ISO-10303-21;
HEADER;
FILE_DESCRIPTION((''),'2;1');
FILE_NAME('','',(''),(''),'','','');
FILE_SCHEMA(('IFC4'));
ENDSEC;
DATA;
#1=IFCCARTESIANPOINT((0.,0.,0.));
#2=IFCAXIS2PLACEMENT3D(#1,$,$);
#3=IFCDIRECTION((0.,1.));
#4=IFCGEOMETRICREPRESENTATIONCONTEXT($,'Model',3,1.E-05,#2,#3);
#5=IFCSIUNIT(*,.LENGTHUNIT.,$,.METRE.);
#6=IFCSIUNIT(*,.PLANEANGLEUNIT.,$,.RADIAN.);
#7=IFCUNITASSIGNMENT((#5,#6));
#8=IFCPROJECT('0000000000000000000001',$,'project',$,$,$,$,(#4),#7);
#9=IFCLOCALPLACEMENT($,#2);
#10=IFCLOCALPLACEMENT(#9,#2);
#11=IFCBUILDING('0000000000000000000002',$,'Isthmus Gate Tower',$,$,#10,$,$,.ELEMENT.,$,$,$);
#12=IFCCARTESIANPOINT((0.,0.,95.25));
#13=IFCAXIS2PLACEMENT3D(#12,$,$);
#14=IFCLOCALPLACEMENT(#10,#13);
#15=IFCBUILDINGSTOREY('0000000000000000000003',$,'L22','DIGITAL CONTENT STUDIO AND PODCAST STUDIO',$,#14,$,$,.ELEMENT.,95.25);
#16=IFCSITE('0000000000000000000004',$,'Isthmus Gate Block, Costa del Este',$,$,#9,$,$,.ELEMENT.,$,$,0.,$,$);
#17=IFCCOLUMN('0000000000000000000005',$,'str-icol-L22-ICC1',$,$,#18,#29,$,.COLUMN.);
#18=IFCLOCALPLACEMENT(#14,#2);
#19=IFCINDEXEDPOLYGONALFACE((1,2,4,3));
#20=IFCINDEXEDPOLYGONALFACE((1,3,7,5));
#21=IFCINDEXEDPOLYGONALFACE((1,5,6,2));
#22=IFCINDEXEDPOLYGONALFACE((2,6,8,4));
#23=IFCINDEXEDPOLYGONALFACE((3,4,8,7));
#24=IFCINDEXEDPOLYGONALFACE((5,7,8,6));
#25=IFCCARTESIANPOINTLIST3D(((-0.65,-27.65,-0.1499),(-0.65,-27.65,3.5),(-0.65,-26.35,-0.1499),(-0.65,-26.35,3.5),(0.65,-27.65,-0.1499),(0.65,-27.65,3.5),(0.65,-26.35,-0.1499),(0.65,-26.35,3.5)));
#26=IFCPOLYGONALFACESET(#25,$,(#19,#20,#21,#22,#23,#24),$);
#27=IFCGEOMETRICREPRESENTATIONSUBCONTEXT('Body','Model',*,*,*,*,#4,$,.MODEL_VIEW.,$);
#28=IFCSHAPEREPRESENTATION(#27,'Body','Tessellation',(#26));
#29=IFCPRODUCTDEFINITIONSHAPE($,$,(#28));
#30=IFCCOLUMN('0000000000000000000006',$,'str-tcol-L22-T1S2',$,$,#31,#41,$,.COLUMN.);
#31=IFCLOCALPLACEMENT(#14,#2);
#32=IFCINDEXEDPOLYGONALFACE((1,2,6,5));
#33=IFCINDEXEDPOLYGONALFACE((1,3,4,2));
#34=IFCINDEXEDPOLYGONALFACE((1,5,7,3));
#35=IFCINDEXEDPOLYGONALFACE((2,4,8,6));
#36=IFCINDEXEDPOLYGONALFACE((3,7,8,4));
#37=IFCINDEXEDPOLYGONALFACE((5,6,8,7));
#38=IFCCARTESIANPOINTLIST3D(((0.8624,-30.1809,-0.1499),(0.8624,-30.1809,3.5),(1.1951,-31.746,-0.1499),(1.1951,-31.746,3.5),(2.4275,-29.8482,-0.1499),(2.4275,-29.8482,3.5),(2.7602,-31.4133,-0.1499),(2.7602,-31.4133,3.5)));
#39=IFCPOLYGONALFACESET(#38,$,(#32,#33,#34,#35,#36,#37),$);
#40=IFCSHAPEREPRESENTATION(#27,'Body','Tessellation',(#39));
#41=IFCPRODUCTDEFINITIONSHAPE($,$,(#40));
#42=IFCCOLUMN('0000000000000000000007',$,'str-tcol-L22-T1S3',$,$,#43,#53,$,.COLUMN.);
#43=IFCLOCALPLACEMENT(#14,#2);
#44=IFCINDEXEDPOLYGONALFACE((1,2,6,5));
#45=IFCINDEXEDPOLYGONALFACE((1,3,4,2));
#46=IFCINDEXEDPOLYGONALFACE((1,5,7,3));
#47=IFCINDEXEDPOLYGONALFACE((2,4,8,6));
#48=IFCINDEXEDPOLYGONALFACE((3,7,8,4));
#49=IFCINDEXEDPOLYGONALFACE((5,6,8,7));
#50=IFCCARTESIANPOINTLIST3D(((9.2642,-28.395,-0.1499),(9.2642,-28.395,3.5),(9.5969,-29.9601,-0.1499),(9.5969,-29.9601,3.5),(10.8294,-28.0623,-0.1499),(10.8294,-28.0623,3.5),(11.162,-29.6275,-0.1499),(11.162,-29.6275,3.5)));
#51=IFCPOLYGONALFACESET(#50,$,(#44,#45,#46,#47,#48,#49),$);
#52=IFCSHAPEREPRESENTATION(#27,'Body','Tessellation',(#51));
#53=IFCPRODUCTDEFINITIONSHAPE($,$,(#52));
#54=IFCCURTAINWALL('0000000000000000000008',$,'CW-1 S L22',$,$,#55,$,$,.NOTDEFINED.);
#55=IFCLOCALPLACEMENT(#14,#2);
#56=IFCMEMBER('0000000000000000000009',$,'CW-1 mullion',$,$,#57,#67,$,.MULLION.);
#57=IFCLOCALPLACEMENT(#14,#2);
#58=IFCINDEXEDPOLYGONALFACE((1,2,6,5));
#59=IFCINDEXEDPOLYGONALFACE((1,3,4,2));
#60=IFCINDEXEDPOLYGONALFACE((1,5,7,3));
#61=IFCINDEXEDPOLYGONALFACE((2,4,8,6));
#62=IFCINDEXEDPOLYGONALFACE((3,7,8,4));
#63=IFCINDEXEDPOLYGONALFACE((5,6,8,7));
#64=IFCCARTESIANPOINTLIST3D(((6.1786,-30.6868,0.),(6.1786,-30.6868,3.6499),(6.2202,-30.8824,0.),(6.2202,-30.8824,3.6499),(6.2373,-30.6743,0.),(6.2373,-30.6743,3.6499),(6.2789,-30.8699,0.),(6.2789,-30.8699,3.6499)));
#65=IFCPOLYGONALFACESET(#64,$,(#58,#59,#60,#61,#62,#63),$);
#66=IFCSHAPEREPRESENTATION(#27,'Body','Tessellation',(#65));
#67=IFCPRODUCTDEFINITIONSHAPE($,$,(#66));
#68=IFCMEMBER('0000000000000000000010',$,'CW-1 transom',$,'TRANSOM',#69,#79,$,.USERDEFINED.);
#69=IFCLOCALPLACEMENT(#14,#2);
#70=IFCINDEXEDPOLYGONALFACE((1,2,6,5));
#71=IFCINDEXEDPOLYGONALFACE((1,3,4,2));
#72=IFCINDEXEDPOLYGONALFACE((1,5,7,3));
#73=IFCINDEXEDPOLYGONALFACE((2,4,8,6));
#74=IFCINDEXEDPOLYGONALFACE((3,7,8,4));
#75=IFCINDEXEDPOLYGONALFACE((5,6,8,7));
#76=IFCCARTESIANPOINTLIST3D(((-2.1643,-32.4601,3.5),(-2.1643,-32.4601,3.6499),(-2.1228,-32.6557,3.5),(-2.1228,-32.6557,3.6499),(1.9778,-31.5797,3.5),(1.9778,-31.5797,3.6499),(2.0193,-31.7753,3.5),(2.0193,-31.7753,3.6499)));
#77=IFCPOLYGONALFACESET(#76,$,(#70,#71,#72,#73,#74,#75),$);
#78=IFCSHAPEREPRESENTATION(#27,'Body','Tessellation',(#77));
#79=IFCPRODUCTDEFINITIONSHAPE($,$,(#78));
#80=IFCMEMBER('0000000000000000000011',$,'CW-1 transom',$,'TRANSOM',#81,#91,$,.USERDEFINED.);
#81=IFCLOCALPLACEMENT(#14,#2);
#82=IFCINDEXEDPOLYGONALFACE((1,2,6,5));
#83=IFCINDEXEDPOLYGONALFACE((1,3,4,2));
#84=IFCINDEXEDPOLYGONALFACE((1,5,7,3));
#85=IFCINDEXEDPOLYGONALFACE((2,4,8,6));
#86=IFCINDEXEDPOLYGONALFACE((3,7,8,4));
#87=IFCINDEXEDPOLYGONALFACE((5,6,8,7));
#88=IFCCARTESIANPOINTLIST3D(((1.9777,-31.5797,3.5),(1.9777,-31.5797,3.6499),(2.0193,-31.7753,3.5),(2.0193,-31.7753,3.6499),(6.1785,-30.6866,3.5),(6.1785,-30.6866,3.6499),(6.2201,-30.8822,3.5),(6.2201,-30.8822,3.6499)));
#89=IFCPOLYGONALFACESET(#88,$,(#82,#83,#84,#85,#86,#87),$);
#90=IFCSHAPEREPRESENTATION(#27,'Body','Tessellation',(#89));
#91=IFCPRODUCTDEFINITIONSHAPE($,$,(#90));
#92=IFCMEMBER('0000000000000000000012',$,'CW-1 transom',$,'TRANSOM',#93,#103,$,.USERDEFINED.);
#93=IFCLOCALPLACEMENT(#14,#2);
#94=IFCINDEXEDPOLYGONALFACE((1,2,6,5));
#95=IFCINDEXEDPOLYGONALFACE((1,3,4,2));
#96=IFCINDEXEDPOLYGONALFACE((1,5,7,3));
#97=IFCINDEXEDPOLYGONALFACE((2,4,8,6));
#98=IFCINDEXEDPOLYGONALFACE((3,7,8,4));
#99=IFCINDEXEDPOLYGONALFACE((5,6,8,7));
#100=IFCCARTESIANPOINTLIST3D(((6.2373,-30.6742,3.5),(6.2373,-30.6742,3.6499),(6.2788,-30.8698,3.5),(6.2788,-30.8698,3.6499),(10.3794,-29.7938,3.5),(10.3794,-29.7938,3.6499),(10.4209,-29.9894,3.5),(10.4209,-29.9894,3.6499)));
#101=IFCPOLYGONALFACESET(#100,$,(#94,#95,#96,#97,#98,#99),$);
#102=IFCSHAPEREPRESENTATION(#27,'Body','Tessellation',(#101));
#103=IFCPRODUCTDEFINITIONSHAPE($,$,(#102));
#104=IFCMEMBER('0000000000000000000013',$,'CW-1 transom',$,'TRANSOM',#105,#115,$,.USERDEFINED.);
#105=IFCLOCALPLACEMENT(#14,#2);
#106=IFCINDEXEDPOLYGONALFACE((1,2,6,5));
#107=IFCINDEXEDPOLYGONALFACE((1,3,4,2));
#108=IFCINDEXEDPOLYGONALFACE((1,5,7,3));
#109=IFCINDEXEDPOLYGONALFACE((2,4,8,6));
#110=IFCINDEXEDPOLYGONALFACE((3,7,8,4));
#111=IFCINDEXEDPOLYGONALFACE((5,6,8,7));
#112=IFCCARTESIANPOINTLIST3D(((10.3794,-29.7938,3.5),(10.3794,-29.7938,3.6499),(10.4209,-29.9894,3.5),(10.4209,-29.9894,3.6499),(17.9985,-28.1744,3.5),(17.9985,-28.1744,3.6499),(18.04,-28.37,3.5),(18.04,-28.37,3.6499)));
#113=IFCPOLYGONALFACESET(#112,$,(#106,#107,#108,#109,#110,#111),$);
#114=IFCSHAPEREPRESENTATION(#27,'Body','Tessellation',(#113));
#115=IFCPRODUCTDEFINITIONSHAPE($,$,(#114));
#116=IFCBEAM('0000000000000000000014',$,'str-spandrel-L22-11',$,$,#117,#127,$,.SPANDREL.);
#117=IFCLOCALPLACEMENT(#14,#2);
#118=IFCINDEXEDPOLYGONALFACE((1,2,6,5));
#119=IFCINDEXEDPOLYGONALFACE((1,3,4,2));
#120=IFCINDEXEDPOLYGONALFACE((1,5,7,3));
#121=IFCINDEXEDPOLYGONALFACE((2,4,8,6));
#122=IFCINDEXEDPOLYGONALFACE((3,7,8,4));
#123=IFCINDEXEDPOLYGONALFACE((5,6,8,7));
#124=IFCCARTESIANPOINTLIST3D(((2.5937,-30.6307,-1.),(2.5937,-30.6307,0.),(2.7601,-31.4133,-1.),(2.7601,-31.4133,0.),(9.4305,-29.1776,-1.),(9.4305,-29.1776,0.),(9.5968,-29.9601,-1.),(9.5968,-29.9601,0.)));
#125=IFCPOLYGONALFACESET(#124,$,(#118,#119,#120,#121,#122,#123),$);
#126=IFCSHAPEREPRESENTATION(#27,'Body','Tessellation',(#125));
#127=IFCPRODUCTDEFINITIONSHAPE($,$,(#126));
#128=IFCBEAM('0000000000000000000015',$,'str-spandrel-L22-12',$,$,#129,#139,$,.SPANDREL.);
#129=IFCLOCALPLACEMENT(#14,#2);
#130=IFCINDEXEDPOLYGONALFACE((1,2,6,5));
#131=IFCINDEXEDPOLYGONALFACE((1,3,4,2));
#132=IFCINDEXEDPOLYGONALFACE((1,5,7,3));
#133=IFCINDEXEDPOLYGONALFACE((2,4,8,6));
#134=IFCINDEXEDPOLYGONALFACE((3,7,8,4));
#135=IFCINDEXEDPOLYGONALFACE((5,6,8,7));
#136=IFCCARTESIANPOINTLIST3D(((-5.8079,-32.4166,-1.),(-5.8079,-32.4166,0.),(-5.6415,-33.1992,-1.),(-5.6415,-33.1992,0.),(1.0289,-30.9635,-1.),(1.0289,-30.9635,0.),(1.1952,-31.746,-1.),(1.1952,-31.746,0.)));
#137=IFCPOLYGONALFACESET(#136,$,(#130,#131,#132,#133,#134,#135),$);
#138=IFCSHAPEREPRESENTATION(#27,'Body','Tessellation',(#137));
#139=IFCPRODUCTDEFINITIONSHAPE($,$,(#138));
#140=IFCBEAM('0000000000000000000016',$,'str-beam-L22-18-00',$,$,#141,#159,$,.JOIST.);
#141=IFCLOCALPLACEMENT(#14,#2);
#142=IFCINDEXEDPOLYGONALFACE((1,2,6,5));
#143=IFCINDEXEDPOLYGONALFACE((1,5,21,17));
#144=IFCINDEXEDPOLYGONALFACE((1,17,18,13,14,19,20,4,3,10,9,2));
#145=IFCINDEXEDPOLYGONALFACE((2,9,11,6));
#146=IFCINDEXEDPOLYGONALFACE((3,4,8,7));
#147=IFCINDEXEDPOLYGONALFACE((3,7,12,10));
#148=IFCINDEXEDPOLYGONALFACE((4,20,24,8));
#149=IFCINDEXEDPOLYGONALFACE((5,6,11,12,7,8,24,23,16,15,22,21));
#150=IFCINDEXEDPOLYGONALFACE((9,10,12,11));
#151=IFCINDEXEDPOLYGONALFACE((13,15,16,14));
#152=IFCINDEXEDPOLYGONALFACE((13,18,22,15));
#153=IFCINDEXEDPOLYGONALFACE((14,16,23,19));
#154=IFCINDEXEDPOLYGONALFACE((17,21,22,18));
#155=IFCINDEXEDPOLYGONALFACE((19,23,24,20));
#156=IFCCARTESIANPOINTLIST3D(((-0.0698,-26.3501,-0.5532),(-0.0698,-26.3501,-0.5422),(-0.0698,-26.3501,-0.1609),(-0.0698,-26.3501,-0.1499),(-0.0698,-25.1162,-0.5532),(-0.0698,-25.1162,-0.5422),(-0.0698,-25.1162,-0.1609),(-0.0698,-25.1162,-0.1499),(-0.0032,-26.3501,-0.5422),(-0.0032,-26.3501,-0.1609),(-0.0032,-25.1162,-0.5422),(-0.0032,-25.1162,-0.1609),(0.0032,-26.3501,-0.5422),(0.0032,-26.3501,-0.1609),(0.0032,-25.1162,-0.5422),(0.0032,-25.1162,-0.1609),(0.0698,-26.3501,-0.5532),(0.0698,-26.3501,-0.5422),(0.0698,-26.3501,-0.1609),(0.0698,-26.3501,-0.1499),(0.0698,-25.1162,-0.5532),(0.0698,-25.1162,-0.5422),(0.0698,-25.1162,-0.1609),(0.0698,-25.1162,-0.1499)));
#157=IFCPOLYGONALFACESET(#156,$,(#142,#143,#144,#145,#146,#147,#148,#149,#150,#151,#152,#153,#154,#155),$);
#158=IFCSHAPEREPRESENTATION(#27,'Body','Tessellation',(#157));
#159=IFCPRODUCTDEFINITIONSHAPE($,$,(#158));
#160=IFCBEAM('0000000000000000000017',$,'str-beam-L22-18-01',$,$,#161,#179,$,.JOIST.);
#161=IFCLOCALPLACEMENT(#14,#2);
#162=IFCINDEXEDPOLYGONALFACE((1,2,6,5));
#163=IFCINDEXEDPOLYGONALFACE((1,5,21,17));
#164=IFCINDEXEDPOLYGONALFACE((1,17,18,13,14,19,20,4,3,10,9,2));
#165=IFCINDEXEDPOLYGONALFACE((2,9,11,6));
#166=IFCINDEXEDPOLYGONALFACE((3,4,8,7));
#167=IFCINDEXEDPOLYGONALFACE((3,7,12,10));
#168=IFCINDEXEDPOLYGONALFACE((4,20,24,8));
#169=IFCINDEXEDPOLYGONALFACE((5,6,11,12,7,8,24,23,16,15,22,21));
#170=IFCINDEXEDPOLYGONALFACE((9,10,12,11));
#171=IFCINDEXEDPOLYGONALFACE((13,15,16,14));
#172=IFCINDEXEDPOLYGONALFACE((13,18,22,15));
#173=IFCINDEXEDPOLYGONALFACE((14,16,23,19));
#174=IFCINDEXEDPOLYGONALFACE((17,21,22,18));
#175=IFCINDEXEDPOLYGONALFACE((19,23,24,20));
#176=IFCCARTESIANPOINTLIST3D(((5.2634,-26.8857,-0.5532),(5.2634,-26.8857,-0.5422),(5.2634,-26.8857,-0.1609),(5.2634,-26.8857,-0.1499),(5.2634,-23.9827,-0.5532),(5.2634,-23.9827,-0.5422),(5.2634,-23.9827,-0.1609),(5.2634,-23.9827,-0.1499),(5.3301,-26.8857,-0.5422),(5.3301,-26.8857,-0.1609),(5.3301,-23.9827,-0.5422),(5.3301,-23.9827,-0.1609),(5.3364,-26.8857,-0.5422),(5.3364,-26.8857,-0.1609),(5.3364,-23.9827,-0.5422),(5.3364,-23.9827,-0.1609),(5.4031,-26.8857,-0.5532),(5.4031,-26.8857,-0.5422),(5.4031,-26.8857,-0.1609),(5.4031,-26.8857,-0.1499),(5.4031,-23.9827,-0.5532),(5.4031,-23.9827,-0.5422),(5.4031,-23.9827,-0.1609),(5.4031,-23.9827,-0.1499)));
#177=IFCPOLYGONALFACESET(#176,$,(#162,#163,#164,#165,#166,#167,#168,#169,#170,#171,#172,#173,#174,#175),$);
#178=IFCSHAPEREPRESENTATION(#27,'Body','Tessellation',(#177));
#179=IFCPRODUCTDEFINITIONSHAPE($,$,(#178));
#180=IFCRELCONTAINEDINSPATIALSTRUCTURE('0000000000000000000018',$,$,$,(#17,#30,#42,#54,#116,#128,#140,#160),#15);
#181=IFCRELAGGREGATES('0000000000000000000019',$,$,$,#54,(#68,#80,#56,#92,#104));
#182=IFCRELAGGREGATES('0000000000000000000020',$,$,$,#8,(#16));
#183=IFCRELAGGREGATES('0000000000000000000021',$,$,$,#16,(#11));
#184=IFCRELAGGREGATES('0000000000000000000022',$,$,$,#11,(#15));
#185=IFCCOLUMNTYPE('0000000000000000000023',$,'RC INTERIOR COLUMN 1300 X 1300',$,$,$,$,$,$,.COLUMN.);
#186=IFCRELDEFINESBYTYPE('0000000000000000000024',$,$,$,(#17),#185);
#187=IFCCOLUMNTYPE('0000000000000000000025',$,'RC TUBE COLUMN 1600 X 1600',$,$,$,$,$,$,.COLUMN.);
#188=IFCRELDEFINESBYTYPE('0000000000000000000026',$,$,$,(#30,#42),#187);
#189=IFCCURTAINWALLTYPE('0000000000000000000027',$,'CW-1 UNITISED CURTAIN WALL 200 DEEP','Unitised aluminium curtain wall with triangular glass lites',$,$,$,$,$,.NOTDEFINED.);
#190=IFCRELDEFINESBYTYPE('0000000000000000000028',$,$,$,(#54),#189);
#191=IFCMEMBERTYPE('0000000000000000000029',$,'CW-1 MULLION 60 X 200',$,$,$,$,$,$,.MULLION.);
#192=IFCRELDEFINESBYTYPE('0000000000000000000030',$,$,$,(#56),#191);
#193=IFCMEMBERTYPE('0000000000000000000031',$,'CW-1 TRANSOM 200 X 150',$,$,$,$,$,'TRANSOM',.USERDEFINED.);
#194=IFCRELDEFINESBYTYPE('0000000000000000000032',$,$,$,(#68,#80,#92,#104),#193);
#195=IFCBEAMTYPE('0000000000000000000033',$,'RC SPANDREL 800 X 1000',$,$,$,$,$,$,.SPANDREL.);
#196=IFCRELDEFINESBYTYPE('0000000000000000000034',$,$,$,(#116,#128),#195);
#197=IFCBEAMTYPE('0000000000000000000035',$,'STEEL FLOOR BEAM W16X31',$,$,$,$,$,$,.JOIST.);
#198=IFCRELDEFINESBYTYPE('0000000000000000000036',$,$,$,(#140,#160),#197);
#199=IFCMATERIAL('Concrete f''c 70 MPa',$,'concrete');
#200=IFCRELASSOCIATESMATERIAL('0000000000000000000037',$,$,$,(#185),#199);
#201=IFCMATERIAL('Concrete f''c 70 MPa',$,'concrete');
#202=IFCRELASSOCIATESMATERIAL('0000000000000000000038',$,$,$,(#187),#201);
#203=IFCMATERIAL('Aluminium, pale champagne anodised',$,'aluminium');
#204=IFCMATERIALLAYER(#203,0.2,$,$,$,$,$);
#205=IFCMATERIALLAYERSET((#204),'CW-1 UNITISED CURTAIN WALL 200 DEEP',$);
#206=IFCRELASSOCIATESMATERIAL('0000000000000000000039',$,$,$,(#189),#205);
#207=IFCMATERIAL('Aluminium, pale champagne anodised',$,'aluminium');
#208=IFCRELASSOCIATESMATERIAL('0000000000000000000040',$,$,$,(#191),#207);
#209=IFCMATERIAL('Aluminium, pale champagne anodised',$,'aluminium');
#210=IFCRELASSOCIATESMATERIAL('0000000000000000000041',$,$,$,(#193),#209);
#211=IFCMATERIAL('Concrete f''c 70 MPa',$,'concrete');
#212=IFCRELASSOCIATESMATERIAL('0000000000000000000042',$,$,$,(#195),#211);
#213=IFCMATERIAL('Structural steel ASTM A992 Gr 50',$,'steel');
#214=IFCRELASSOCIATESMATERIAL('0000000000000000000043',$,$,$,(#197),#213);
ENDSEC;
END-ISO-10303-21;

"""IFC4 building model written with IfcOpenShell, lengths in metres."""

from ifc_helpers import new_model, si_unit, direction, frame, origin, origin_2d, place, context, subcontext, project, spatial, rectangle, i_section, extrude, material, layer, layer_set, material_profile, profile_set, type_object, element, aggregate, save


model = new_model("IFC4")

# Units and contexts
model_context = context("Model", 3, precision=1e-05, world=origin(), true_north=direction((0.0, 1.0)))
body_context = subcontext(model_context, "Body", "Model", "MODEL_VIEW")
ifc_project = project(units=[si_unit("LENGTHUNIT", "METRE"), si_unit("PLANEANGLEUNIT", "RADIAN")], contexts=[model_context])

# Site, building, storey
site_placement = place(None, origin())
site = spatial("IfcSite", under=ifc_project, at=site_placement, Name="Isthmus Gate Block, Costa del Este", CompositionType="ELEMENT", RefElevation=0.0)
building_placement = place(site_placement, origin())
building = spatial("IfcBuilding", under=site, at=building_placement, Name="Isthmus Gate Tower", CompositionType="ELEMENT")
storey_placement = place(building_placement, frame((0.0, 0.0, 95.25)))
storey = spatial("IfcBuildingStorey", under=building, at=storey_placement, Name="L22", Description="DIGITAL CONTENT STUDIO AND PODCAST STUDIO", CompositionType="ELEMENT", Elevation=95.25)

# Columns
ifc_material_1 = material(Name="Concrete f'c 70 MPa", Category="concrete")
ifc_material_profile_1 = material_profile(ifc_material_1, rectangle(XDim=1.3, YDim=1.3, at=origin_2d()), Name="RC 1300X1300")
ifc_profile_set_1 = profile_set([ifc_material_profile_1], Name="Concrete f'c 70 MPa")
column_type_1 = type_object("IfcColumnType", Name="RC INTERIOR COLUMN 1300 X 1300", PredefinedType="COLUMN", material=ifc_profile_set_1)
column_placement = place(storey_placement, frame((0.0, -27.0, -0.1499), z_axis=(0.0, 0.0, 1.0), x_axis=(1.0, 0.0, 0.0)))
element("IfcColumn", 1, at=column_placement, inside=storey, type_object=column_type_1, Name="str-icol-L22-ICC1", PredefinedType="COLUMN", context=body_context, shape_type="SweptSolid", body=[
    extrude(rectangle(XDim=1.3, YDim=1.3, at=origin_2d()), origin(), (0.0, 0.0, 1.0), 3.6499),
])
ifc_material_2 = material(Name="Concrete f'c 70 MPa", Category="concrete")
ifc_material_profile_2 = material_profile(ifc_material_2, rectangle(XDim=1.6001, YDim=1.6001, at=origin_2d()), Name="RC 1600X1600")
ifc_profile_set_2 = profile_set([ifc_material_profile_2], Name="Concrete f'c 70 MPa")
column_type_2 = type_object("IfcColumnType", Name="RC TUBE COLUMN 1600 X 1600", PredefinedType="COLUMN", material=ifc_profile_set_2)
for number, where, z_axis, x_axis, name in (
    (2, (1.8113, -30.7971, -0.1499), (0.0, 0.0, 1.0), (0.978148, 0.207912, 0.0), "str-tcol-L22-T1S2"),
    (3, (10.2131, -29.0112, -0.1499), (0.0, 0.0, 1.0), (0.978148, 0.207912, 0.0), "str-tcol-L22-T1S3"),
):
    element("IfcColumn", number, at=place(storey_placement, frame(where, z_axis=z_axis, x_axis=x_axis)), inside=storey, type_object=column_type_2, Name=name, PredefinedType="COLUMN", context=body_context, shape_type="SweptSolid", body=[
        extrude(rectangle(XDim=1.6001, YDim=1.6001, at=origin_2d()), origin(), (0.0, 0.0, 1.0), 3.6499),
    ])

# Curtain wall, members
ifc_material_3 = material(Name="Aluminium, pale champagne anodised", Category="aluminium")
ifc_layer_1 = layer(ifc_material_3, 0.2)
ifc_layer_set_1 = layer_set([ifc_layer_1], Name="CW-1 UNITISED CURTAIN WALL 200 DEEP")
curtain_wall_type = type_object("IfcCurtainWallType", Name="CW-1 UNITISED CURTAIN WALL 200 DEEP", Description="Unitised aluminium curtain wall with triangular glass lites", PredefinedType="NOTDEFINED", material=ifc_layer_set_1)
curtain_wall_placement = place(storey_placement, origin())
curtain_wall = element("IfcCurtainWall", 4, at=curtain_wall_placement, inside=storey, type_object=curtain_wall_type, Name="CW-1 S L22", PredefinedType="NOTDEFINED")
ifc_material_4 = material(Name="Aluminium, pale champagne anodised", Category="aluminium")
ifc_material_profile_3 = material_profile(ifc_material_4, rectangle(XDim=0.0601, YDim=0.2, at=origin_2d()), Name="60x200")
ifc_profile_set_3 = profile_set([ifc_material_profile_3], Name="Aluminium, pale champagne anodised")
member_type_1 = type_object("IfcMemberType", Name="CW-1 MULLION 60 X 200", PredefinedType="MULLION", material=ifc_profile_set_3)
member_1_placement = place(storey_placement, frame((6.2288, -30.7783, 0.0), z_axis=(0.0, 0.0, 1.0), x_axis=(0.978148, 0.207912, 0.0)))
member_1 = element("IfcMember", 5, at=member_1_placement, type_object=member_type_1, Name="CW-1 mullion", PredefinedType="MULLION", context=body_context, shape_type="SweptSolid", body=[
    extrude(rectangle(XDim=0.0601, YDim=0.2, at=origin_2d()), origin(), (0.0, 0.0, 1.0), 3.6499),
])
ifc_material_5 = material(Name="Aluminium, pale champagne anodised", Category="aluminium")
ifc_material_profile_4 = material_profile(ifc_material_5, rectangle(XDim=0.2, YDim=0.1499, at=origin_2d()), Name="200x150")
ifc_profile_set_4 = profile_set([ifc_material_profile_4], Name="Aluminium, pale champagne anodised")
member_type_2 = type_object("IfcMemberType", Name="CW-1 TRANSOM 200 X 150", ElementType="TRANSOM", PredefinedType="USERDEFINED", material=ifc_profile_set_4)
member_2_placement = place(storey_placement, frame((-2.1436, -32.5579, 3.575), z_axis=(0.97815, 0.207899, 0.0), x_axis=(-0.207899, 0.97815, 0.0)))
member_2 = element("IfcMember", 6, at=member_2_placement, type_object=member_type_2, Name="CW-1 transom", ObjectType="TRANSOM", PredefinedType="USERDEFINED", context=body_context, shape_type="SweptSolid", body=[
    extrude(rectangle(XDim=0.2, YDim=0.1499, at=origin_2d()), origin(), (0.0, 0.0, 1.0), 4.2346),
])
member_3_placement = place(storey_placement, frame((1.9985, -31.6775, 3.575), z_axis=(0.978139, 0.207953, 0.0), x_axis=(-0.207953, 0.978139, 0.0)))
member_3 = element("IfcMember", 7, at=member_3_placement, type_object=member_type_2, Name="CW-1 transom", ObjectType="TRANSOM", PredefinedType="USERDEFINED", context=body_context, shape_type="SweptSolid", body=[
    extrude(rectangle(XDim=0.2, YDim=0.1499, at=origin_2d()), origin(), (0.0, 0.0, 1.0), 4.2947),
])
member_4_placement = place(storey_placement, frame((6.2581, -30.772, 3.575), z_axis=(0.97815, 0.207899, 0.0), x_axis=(-0.207899, 0.97815, 0.0)))
member_4 = element("IfcMember", 8, at=member_4_placement, type_object=member_type_2, Name="CW-1 transom", ObjectType="TRANSOM", PredefinedType="USERDEFINED", context=body_context, shape_type="SweptSolid", body=[
    extrude(rectangle(XDim=0.2, YDim=0.1499, at=origin_2d()), origin(), (0.0, 0.0, 1.0), 4.2346),
])
member_5_placement = place(storey_placement, frame((10.4001, -29.8916, 3.575), z_axis=(0.978151, 0.207898, 0.0), x_axis=(-0.207898, 0.978151, 0.0)))
member_5 = element("IfcMember", 9, at=member_5_placement, type_object=member_type_2, Name="CW-1 transom", ObjectType="TRANSOM", PredefinedType="USERDEFINED", context=body_context, shape_type="SweptSolid", body=[
    extrude(rectangle(XDim=0.2, YDim=0.1499, at=origin_2d()), origin(), (0.0, 0.0, 1.0), 7.7893),
])

# Beams
ifc_material_6 = material(Name="Concrete f'c 70 MPa", Category="concrete")
ifc_material_profile_5 = material_profile(ifc_material_6, rectangle(XDim=0.8, YDim=1.0, at=origin_2d()), Name="RC 800X1000")
ifc_profile_set_5 = profile_set([ifc_material_profile_5], Name="Concrete f'c 70 MPa")
beam_type_1 = type_object("IfcBeamType", Name="RC SPANDREL 800 X 1000", PredefinedType="SPANDREL", material=ifc_profile_set_5)
for number, where, z_axis, x_axis, name in (
    (10, (9.5137, -29.5688, -0.5), (-0.978149, -0.207904, 0.0), (0.207904, -0.978149, 0.0), "str-spandrel-L22-11"),
    (11, (1.1121, -31.3547, -0.5), (-0.978149, -0.207904, 0.0), (0.207904, -0.978149, 0.0), "str-spandrel-L22-12"),
):
    element("IfcBeam", number, at=place(storey_placement, frame(where, z_axis=z_axis, x_axis=x_axis)), inside=storey, type_object=beam_type_1, Name=name, PredefinedType="SPANDREL", context=body_context, shape_type="SweptSolid", body=[
        extrude(rectangle(XDim=0.8, YDim=1.0, at=origin_2d()), origin(), (0.0, 0.0, 1.0), 6.9895),
    ])
ifc_material_7 = material(Name="Structural steel ASTM A992 Gr 50", Category="steel")
ifc_material_profile_6 = material_profile(ifc_material_7, i_section(OverallWidth=0.1396, OverallDepth=0.4033, WebThickness=0.0063, FlangeThickness=0.011, at=origin_2d()), Name="W16X31")
ifc_profile_set_6 = profile_set([ifc_material_profile_6], Name="Structural steel ASTM A992 Gr 50")
beam_type_2 = type_object("IfcBeamType", Name="STEEL FLOOR BEAM W16X31", PredefinedType="JOIST", material=ifc_profile_set_6)
beam_1_placement = place(storey_placement, frame((0.0, -26.3501, -0.3516), z_axis=(0.0, 1.0, 0.0), x_axis=(-1.0, 0.0, 0.0)))
element("IfcBeam", 12, at=beam_1_placement, inside=storey, type_object=beam_type_2, Name="str-beam-L22-18-00", PredefinedType="JOIST", context=body_context, shape_type="SweptSolid", body=[
    extrude(i_section(OverallWidth=0.1396, OverallDepth=0.4033, WebThickness=0.0063, FlangeThickness=0.011, at=origin_2d()), origin(), (0.0, 0.0, 1.0), 1.2339),
])
beam_2_placement = place(storey_placement, frame((5.3333, -26.8857, -0.3516), z_axis=(0.0, 1.0, 0.0), x_axis=(-1.0, 0.0, 0.0)))
element("IfcBeam", 13, at=beam_2_placement, inside=storey, type_object=beam_type_2, Name="str-beam-L22-18-01", PredefinedType="JOIST", context=body_context, shape_type="SweptSolid", body=[
    extrude(i_section(OverallWidth=0.1396, OverallDepth=0.4033, WebThickness=0.0063, FlangeThickness=0.011, at=origin_2d()), origin(), (0.0, 0.0, 1.0), 2.9031),
])

aggregate(curtain_wall, [member_2, member_3, member_1, member_4, member_5])

save(model, "model.ifc")
